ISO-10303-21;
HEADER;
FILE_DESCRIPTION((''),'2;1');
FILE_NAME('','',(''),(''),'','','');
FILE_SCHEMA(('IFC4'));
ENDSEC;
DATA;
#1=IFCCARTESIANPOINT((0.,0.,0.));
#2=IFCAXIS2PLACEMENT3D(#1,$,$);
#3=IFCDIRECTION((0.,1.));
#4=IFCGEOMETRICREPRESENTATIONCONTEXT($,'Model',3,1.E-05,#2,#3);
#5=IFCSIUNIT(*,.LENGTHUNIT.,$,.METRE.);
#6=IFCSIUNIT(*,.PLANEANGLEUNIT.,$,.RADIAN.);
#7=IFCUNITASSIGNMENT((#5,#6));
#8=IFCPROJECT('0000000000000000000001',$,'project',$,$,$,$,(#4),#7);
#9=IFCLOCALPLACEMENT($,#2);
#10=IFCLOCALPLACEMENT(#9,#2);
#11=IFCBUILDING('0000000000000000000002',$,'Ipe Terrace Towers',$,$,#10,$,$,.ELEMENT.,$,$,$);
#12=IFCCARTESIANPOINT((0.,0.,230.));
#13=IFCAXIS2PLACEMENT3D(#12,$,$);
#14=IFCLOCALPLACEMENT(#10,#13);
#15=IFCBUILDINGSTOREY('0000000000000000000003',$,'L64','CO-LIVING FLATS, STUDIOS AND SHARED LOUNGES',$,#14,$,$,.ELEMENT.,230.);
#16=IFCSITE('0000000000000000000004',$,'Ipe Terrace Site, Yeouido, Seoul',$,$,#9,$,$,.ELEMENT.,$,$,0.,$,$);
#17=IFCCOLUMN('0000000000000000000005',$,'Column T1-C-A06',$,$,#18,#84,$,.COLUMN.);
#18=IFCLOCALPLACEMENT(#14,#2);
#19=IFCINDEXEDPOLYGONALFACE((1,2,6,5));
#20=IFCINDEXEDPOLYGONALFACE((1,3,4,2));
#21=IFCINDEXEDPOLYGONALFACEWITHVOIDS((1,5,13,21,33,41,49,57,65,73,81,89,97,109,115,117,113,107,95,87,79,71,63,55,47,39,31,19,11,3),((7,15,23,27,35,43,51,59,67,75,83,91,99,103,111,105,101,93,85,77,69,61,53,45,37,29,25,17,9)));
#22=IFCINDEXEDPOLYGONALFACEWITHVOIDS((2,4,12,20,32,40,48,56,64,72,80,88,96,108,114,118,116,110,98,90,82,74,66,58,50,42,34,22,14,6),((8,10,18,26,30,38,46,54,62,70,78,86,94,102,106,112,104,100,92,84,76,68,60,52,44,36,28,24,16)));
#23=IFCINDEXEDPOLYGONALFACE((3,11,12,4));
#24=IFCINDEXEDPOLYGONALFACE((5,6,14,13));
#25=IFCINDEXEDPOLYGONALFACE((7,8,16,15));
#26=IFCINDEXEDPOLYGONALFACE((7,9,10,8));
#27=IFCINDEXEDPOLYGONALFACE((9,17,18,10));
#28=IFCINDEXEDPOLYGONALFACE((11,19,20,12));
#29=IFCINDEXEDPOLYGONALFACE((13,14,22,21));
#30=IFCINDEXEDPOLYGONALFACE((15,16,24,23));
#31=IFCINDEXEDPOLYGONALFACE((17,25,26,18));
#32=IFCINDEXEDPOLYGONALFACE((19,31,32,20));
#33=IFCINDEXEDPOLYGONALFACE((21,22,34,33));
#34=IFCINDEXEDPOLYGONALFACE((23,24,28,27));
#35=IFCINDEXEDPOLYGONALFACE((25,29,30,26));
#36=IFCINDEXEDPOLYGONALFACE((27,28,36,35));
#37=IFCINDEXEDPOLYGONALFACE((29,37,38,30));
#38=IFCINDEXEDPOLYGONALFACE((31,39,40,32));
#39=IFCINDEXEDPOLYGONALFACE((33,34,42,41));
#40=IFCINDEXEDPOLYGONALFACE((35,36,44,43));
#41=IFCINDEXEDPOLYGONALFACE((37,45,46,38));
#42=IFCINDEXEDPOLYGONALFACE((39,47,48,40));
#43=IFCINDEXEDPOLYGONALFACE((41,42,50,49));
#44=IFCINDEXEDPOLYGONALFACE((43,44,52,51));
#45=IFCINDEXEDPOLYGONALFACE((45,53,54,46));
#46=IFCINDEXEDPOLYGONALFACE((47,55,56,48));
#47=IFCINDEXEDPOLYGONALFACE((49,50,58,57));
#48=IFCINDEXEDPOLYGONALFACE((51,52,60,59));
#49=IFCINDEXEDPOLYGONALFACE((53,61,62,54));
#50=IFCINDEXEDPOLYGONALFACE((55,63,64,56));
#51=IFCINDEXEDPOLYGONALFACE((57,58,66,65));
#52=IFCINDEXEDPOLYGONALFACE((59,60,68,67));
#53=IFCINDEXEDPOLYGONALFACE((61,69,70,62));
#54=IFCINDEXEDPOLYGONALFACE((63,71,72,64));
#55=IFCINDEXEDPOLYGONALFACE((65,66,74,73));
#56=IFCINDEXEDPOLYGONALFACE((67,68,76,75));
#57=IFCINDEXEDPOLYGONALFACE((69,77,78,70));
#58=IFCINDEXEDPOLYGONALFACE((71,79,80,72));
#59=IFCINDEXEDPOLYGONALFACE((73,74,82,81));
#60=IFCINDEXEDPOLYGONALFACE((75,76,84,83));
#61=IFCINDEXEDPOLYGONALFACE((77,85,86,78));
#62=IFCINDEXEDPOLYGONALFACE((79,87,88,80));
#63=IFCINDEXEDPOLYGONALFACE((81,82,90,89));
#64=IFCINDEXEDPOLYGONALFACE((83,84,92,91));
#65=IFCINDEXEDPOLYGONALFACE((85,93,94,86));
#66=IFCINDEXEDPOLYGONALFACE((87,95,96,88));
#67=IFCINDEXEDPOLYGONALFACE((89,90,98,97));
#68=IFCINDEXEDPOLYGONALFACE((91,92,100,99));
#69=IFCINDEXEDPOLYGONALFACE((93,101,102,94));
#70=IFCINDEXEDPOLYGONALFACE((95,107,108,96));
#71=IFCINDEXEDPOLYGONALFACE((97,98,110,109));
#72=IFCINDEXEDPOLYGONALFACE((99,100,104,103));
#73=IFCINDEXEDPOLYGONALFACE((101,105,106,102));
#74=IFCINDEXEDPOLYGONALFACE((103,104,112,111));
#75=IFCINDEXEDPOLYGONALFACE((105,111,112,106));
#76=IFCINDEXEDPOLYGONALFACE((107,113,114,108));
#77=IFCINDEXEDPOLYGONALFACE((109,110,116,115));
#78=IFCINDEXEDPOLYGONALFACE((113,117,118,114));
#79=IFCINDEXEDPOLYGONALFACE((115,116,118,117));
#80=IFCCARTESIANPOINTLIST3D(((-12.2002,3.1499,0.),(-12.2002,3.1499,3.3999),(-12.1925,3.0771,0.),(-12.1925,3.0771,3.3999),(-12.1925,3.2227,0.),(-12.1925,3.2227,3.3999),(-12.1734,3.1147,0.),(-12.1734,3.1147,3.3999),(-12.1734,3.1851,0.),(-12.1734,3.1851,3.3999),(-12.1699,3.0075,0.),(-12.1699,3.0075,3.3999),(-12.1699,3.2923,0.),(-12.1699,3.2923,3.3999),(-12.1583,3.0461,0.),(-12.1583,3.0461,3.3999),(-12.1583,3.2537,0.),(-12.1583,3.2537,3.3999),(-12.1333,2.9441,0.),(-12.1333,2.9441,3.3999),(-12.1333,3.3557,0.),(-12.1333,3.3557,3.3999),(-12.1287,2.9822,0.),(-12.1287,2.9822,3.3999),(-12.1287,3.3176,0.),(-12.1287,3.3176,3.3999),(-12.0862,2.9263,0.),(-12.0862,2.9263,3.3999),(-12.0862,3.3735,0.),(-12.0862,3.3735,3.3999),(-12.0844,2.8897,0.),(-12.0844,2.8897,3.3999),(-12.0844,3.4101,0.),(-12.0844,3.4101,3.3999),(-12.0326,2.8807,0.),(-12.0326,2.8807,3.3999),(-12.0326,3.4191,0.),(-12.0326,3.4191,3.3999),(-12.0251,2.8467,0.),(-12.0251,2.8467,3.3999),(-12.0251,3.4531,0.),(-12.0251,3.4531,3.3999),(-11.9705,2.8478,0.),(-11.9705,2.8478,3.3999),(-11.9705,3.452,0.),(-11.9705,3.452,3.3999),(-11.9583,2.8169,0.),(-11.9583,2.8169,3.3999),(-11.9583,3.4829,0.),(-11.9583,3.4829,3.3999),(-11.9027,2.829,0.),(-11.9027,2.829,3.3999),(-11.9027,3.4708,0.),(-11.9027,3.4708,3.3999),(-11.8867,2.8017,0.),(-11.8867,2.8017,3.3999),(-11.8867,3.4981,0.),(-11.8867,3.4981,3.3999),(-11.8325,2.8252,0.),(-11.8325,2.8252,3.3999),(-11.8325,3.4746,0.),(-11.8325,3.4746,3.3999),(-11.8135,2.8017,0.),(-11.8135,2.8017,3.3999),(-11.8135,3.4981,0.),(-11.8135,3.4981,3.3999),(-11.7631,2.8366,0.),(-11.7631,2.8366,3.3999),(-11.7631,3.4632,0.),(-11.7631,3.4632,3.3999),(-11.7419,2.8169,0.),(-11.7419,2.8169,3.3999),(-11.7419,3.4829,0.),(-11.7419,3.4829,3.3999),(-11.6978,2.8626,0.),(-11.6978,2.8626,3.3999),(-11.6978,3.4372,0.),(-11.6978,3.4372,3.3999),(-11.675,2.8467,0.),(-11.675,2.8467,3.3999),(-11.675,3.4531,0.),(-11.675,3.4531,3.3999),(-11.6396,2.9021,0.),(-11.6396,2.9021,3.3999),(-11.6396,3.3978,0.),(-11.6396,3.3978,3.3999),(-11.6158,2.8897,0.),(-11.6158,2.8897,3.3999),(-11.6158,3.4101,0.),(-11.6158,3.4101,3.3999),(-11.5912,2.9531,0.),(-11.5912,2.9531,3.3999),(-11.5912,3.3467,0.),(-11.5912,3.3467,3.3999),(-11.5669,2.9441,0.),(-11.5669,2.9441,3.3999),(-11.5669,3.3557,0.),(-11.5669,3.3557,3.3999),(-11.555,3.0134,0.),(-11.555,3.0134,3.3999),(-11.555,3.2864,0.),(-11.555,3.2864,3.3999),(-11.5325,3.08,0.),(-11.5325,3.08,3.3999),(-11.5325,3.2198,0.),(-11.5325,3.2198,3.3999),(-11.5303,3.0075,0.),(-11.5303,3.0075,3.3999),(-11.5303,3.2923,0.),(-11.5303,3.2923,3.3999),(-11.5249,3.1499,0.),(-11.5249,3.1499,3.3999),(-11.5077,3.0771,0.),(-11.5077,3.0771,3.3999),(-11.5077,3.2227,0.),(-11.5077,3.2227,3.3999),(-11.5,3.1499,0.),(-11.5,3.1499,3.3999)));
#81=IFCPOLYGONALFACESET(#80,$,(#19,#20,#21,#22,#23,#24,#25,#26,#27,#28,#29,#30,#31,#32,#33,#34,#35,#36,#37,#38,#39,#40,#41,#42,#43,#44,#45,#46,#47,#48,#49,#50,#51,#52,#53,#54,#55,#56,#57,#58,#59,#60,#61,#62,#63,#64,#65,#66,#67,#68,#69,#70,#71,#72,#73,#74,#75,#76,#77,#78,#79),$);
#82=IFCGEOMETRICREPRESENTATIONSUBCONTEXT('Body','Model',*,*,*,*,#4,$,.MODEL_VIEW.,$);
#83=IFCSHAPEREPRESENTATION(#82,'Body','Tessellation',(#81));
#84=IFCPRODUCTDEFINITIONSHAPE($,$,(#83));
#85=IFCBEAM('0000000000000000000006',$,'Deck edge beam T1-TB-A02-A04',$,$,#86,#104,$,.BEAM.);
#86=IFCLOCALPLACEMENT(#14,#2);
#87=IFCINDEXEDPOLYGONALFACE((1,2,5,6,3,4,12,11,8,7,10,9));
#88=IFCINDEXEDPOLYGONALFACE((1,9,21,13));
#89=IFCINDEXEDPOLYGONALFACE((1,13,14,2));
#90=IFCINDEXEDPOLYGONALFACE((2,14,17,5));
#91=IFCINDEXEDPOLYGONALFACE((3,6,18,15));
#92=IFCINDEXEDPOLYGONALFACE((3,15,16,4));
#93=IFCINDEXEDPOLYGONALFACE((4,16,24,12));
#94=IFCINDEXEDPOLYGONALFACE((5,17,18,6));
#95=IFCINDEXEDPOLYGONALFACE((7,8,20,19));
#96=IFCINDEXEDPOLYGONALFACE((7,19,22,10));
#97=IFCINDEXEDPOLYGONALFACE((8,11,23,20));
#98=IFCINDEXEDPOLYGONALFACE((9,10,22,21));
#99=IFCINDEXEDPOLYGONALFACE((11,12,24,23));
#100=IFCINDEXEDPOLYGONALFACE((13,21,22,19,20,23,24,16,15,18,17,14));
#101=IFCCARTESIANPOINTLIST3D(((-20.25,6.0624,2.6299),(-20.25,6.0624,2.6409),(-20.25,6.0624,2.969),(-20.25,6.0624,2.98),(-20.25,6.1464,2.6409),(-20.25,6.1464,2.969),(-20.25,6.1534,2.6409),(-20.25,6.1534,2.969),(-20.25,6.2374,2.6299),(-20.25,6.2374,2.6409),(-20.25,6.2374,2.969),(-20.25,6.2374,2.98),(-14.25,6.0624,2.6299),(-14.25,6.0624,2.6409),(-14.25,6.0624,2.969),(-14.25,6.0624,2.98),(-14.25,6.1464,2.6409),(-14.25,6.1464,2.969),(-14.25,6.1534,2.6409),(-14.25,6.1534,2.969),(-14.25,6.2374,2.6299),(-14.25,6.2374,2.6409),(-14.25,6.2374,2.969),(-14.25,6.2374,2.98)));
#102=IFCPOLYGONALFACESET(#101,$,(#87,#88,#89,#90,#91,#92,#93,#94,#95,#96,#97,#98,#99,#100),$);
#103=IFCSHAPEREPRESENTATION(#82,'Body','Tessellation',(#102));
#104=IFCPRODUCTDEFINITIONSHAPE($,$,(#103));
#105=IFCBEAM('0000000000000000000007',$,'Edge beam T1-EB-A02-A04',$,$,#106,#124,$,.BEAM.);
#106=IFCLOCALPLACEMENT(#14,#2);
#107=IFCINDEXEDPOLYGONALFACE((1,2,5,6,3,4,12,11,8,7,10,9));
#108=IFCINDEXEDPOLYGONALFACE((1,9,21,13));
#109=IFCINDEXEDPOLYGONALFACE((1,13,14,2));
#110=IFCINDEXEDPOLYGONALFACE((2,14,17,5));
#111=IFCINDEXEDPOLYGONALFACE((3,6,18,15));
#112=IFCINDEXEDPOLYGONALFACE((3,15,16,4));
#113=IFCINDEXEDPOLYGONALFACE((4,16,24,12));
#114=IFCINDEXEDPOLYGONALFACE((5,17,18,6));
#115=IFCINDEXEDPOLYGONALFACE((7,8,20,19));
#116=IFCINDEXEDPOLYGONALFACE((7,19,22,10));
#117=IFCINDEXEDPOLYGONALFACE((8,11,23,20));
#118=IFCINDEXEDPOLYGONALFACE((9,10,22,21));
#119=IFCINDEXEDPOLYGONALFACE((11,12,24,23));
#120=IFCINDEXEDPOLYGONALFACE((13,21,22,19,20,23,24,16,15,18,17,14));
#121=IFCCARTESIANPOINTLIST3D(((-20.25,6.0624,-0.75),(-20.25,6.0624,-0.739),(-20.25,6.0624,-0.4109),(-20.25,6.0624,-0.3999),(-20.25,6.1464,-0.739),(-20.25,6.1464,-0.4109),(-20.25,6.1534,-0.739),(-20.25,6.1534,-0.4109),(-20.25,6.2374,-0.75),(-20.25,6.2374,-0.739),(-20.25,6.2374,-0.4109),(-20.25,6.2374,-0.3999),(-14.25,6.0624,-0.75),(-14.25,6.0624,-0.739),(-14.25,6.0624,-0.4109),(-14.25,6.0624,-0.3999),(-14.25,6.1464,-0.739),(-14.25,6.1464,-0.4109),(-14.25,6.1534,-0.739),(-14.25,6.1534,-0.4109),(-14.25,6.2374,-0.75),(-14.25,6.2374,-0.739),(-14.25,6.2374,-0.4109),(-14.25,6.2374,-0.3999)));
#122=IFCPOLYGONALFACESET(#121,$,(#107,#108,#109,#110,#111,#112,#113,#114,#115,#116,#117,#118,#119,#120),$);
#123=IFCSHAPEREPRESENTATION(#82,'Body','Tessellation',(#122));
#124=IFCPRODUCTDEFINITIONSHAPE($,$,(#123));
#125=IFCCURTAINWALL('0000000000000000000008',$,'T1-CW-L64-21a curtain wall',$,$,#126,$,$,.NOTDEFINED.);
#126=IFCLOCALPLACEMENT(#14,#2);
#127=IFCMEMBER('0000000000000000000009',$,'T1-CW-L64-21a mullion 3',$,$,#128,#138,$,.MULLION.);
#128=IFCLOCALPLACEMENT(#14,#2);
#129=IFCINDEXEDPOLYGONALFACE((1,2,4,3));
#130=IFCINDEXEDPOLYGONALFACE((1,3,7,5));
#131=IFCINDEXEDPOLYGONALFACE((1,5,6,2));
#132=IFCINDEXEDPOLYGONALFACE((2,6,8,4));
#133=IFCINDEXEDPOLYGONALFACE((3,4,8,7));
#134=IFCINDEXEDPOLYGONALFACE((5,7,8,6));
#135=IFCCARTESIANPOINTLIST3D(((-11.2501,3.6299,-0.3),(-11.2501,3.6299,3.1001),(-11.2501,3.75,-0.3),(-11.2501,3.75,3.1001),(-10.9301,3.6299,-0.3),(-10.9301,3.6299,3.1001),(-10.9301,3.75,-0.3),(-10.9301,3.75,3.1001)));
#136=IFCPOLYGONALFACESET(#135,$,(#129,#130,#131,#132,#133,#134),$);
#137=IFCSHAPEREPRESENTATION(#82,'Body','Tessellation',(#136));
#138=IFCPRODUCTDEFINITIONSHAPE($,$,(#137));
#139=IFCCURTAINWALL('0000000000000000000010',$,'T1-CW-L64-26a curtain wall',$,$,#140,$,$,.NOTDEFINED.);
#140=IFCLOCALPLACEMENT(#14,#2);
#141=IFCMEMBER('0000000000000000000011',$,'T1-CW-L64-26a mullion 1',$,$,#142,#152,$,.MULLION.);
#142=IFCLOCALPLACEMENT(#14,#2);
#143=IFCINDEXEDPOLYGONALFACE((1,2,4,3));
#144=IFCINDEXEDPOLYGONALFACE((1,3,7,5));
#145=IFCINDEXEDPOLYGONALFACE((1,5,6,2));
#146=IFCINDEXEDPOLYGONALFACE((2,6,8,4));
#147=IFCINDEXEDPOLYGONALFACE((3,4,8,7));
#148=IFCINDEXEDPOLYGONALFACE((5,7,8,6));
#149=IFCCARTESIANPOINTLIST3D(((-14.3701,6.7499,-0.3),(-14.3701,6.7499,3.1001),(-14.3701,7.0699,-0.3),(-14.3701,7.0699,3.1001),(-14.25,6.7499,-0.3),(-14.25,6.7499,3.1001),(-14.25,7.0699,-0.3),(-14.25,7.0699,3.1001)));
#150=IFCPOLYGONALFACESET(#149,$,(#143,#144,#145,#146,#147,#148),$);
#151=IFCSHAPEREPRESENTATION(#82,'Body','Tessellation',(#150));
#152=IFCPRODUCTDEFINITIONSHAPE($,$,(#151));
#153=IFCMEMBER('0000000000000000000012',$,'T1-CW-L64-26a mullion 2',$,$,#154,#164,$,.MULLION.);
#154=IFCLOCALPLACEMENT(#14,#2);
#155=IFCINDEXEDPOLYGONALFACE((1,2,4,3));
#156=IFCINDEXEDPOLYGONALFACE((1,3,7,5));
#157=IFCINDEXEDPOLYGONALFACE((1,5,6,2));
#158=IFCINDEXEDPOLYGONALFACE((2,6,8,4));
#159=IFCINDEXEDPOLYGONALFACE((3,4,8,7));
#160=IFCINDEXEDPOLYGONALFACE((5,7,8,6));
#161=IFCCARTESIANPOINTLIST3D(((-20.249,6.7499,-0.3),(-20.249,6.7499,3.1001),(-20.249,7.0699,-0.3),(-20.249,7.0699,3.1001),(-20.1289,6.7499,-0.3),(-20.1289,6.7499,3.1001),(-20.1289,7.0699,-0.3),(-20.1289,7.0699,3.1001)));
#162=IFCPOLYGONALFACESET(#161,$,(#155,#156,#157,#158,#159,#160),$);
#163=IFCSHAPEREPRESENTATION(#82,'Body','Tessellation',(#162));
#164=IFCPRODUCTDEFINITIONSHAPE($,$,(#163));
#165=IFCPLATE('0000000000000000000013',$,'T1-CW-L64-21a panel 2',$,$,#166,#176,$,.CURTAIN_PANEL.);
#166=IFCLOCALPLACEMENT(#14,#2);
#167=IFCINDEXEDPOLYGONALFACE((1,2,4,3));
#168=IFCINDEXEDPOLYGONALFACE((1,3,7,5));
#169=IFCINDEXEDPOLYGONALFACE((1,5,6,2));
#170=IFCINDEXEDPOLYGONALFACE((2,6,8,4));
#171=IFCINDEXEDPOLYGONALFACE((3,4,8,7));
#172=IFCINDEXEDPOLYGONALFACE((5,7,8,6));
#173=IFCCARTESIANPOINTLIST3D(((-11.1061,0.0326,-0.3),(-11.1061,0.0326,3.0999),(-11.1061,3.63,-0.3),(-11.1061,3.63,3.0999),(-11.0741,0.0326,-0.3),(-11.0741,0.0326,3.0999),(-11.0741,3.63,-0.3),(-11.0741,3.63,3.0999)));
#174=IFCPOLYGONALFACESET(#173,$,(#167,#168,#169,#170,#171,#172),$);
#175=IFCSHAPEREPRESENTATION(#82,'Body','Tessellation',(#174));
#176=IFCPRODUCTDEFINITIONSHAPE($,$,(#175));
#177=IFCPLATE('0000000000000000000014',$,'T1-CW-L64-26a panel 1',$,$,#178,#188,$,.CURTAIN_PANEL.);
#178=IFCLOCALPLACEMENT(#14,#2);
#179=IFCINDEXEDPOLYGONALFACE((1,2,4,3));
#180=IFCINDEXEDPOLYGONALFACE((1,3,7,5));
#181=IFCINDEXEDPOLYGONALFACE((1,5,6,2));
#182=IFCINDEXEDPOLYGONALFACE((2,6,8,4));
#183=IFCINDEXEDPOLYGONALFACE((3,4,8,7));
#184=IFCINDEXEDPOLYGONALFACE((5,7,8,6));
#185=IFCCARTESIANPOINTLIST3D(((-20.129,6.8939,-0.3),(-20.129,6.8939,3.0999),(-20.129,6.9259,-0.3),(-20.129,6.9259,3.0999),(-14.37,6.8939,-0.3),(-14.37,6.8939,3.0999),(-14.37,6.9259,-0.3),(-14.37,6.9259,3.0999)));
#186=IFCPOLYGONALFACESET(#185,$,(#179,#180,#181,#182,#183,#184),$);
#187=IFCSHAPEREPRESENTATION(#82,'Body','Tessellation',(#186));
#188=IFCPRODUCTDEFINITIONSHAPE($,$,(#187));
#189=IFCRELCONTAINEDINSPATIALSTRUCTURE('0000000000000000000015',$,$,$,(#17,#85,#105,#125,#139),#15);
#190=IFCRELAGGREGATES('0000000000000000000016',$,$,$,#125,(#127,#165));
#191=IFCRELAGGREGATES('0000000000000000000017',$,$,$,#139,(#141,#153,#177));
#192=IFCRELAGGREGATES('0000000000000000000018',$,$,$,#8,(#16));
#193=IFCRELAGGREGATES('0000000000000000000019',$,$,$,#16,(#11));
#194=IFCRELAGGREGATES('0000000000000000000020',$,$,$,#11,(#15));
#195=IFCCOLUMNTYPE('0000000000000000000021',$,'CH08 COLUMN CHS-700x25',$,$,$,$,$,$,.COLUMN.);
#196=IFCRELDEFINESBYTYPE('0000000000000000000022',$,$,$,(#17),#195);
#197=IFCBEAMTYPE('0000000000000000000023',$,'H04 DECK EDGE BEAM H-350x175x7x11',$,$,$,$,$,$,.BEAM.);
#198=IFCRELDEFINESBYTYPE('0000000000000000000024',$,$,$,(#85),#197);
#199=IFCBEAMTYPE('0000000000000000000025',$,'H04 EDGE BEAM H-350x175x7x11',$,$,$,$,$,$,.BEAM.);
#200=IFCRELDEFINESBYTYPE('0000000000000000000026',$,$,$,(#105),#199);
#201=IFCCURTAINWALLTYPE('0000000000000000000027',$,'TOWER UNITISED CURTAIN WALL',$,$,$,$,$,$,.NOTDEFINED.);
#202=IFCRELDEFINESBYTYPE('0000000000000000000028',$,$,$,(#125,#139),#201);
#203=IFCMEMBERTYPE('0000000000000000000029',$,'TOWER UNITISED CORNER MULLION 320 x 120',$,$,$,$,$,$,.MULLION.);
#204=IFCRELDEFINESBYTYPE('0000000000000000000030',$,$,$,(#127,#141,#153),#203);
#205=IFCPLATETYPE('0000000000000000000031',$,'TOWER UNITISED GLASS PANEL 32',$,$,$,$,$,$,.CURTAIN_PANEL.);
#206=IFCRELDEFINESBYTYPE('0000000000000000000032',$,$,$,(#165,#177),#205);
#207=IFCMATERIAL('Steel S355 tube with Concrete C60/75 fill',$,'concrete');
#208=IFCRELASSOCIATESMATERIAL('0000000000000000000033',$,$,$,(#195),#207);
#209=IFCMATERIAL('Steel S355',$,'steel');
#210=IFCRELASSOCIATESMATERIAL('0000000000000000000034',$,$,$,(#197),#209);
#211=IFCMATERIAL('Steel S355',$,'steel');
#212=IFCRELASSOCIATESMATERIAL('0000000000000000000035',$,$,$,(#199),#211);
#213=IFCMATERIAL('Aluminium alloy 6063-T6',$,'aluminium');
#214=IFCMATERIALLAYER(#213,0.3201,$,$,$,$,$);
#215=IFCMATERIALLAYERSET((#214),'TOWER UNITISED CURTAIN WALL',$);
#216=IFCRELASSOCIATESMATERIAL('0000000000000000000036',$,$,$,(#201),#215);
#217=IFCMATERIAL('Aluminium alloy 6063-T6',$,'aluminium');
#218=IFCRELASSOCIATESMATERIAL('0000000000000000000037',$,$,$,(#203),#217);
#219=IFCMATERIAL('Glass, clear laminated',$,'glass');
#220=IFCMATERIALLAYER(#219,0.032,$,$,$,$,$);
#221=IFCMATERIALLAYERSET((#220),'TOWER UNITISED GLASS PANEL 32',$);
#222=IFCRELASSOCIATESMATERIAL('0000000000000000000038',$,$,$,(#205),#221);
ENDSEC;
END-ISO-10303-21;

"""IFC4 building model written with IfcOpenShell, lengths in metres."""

from ifc_helpers import new_model, si_unit, direction, frame, origin, origin_2d, place, context, subcontext, project, spatial, rectangle, hollow_circle, i_section, extrude, material, layer, layer_set, material_profile, profile_set, type_object, element, aggregate, save


model = new_model("IFC4")

# Units and contexts
model_context = context("Model", 3, precision=1e-05, world=origin(), true_north=direction((0.0, 1.0)))
body_context = subcontext(model_context, "Body", "Model", "MODEL_VIEW")
ifc_project = project(units=[si_unit("LENGTHUNIT", "METRE"), si_unit("PLANEANGLEUNIT", "RADIAN")], contexts=[model_context])

# Site, building, storey
site_placement = place(None, origin())
site = spatial("IfcSite", under=ifc_project, at=site_placement, Name="Ipe Terrace Site, Yeouido, Seoul", CompositionType="ELEMENT", RefElevation=0.0)
building_placement = place(site_placement, origin())
building = spatial("IfcBuilding", under=site, at=building_placement, Name="Ipe Terrace Towers", CompositionType="ELEMENT")
storey_placement = place(building_placement, frame((0.0, 0.0, 230.0)))
storey = spatial("IfcBuildingStorey", under=building, at=storey_placement, Name="L64", Description="CO-LIVING FLATS, STUDIOS AND SHARED LOUNGES", CompositionType="ELEMENT", Elevation=230.0)

# Column
ifc_material_1 = material(Name="Steel S355 tube with Concrete C60/75 fill", Category="concrete")
ifc_material_profile_1 = material_profile(ifc_material_1, hollow_circle(Radius=0.3501, WallThickness=0.0249, at=origin_2d()), Name="CHS-700x25")
ifc_profile_set_1 = profile_set([ifc_material_profile_1], Name="Steel S355 tube with Concrete C60/75 fill")
column_type = type_object("IfcColumnType", Name="CH08 COLUMN CHS-700x25", PredefinedType="COLUMN", material=ifc_profile_set_1)
for number, where, z_axis, x_axis, name in (
    (1, (-11.8501, 3.1499, 0.0), (0.0, 0.0, 1.0), (1.0, 0.0, 0.0), "Column T1-C-A06"),
):
    element("IfcColumn", number, at=place(storey_placement, frame(where, z_axis=z_axis, x_axis=x_axis)), inside=storey, type_object=column_type, Name=name, PredefinedType="COLUMN", context=body_context, shape_type="SweptSolid", body=[
        extrude(hollow_circle(Radius=0.3501, WallThickness=0.0249, at=origin_2d()), origin(), (0.0, 0.0, 1.0), 3.3999),
    ])

# Beams
ifc_material_2 = material(Name="Steel S355", Category="steel")
ifc_material_profile_2 = material_profile(ifc_material_2, i_section(OverallWidth=0.175, OverallDepth=0.3501, WebThickness=0.0071, FlangeThickness=0.011, at=origin_2d()), Name="H-350x175x7x11")
ifc_profile_set_2 = profile_set([ifc_material_profile_2], Name="Steel S355")
beam_type_1 = type_object("IfcBeamType", Name="H04 DECK EDGE BEAM H-350x175x7x11", PredefinedType="BEAM", material=ifc_profile_set_2)
beam_1_placement = place(storey_placement, frame((-20.25, 6.1499, 2.8049), z_axis=(1.0, 0.0, 0.0), x_axis=(0.0, 1.0, 0.0)))
element("IfcBeam", 2, at=beam_1_placement, inside=storey, type_object=beam_type_1, Name="Deck edge beam T1-TB-A02-A04", PredefinedType="BEAM", context=body_context, shape_type="SweptSolid", body=[
    extrude(i_section(OverallWidth=0.175, OverallDepth=0.3501, WebThickness=0.0071, FlangeThickness=0.011, at=origin_2d()), origin(), (0.0, 0.0, 1.0), 6.0),
])
ifc_material_3 = material(Name="Steel S355", Category="steel")
ifc_material_profile_3 = material_profile(ifc_material_3, i_section(OverallWidth=0.175, OverallDepth=0.3501, WebThickness=0.0071, FlangeThickness=0.011, at=origin_2d()), Name="H-350x175x7x11")
ifc_profile_set_3 = profile_set([ifc_material_profile_3], Name="Steel S355")
beam_type_2 = type_object("IfcBeamType", Name="H04 EDGE BEAM H-350x175x7x11", PredefinedType="BEAM", material=ifc_profile_set_3)
beam_2_placement = place(storey_placement, frame((-20.25, 6.1499, -0.575), z_axis=(1.0, 0.0, 0.0), x_axis=(0.0, 1.0, 0.0)))
element("IfcBeam", 3, at=beam_2_placement, inside=storey, type_object=beam_type_2, Name="Edge beam T1-EB-A02-A04", PredefinedType="BEAM", context=body_context, shape_type="SweptSolid", body=[
    extrude(i_section(OverallWidth=0.175, OverallDepth=0.3501, WebThickness=0.0071, FlangeThickness=0.011, at=origin_2d()), origin(), (0.0, 0.0, 1.0), 6.0),
])

# Curtain wall, member
ifc_material_4 = material(Name="Aluminium alloy 6063-T6", Category="aluminium")
ifc_layer_1 = layer(ifc_material_4, 0.3201)
ifc_layer_set_1 = layer_set([ifc_layer_1], Name="TOWER UNITISED CURTAIN WALL")
curtain_wall_type = type_object("IfcCurtainWallType", Name="TOWER UNITISED CURTAIN WALL", PredefinedType="NOTDEFINED", material=ifc_layer_set_1)
curtain_wall_1_placement = place(storey_placement, origin())
curtain_wall_1 = element("IfcCurtainWall", 4, at=curtain_wall_1_placement, inside=storey, type_object=curtain_wall_type, Name="T1-CW-L64-21a curtain wall", PredefinedType="NOTDEFINED")
ifc_material_5 = material(Name="Aluminium alloy 6063-T6", Category="aluminium")
ifc_material_profile_4 = material_profile(ifc_material_5, rectangle(XDim=0.3201, YDim=0.1201, at=origin_2d()), Name="TOWER UNITISED CORNER MULLION 320 x 120")
ifc_profile_set_4 = profile_set([ifc_material_profile_4], Name="Aluminium alloy 6063-T6")
member_type = type_object("IfcMemberType", Name="TOWER UNITISED CORNER MULLION 320 x 120", PredefinedType="MULLION", material=ifc_profile_set_4)
member_1_placement = place(storey_placement, frame((-11.0901, 3.6899, -0.3), z_axis=(0.0, 0.0, 1.0), x_axis=(1.0, 0.0, 0.0)))
member_1 = element("IfcMember", 5, at=member_1_placement, type_object=member_type, Name="T1-CW-L64-21a mullion 3", PredefinedType="MULLION", context=body_context, shape_type="SweptSolid", body=[
    extrude(rectangle(XDim=0.3201, YDim=0.1201, at=origin_2d()), origin(), (0.0, 0.0, 1.0), 3.4001),
])

# Curtain wall, members
curtain_wall_2_placement = place(storey_placement, origin())
curtain_wall_2 = element("IfcCurtainWall", 6, at=curtain_wall_2_placement, inside=storey, type_object=curtain_wall_type, Name="T1-CW-L64-26a curtain wall", PredefinedType="NOTDEFINED")
member_2_placement = place(storey_placement, frame((-14.3101, 6.9099, -0.3), z_axis=(0.0, 0.0, 1.0), x_axis=(0.0, 1.0, 0.0)))
member_2 = element("IfcMember", 7, at=member_2_placement, type_object=member_type, Name="T1-CW-L64-26a mullion 1", PredefinedType="MULLION", context=body_context, shape_type="SweptSolid", body=[
    extrude(rectangle(XDim=0.3201, YDim=0.1201, at=origin_2d()), origin(), (0.0, 0.0, 1.0), 3.4001),
])
member_3_placement = place(storey_placement, frame((-20.189, 6.9099, -0.3), z_axis=(0.0, 0.0, 1.0), x_axis=(0.0, 1.0, 0.0)))
member_3 = element("IfcMember", 8, at=member_3_placement, type_object=member_type, Name="T1-CW-L64-26a mullion 2", PredefinedType="MULLION", context=body_context, shape_type="SweptSolid", body=[
    extrude(rectangle(XDim=0.3201, YDim=0.1201, at=origin_2d()), origin(), (0.0, 0.0, 1.0), 3.4001),
])

# Plates
ifc_material_6 = material(Name="Glass, clear laminated", Category="glass")
ifc_layer_2 = layer(ifc_material_6, 0.032)
ifc_layer_set_2 = layer_set([ifc_layer_2], Name="TOWER UNITISED GLASS PANEL 32")
plate_type = type_object("IfcPlateType", Name="TOWER UNITISED GLASS PANEL 32", PredefinedType="CURTAIN_PANEL", material=ifc_layer_set_2)
plate_1_placement = place(storey_placement, frame((-11.0901, 1.8313, -0.3), z_axis=(0.0, 0.0, 1.0), x_axis=(0.0, 1.0, 0.0)))
plate_1 = element("IfcPlate", 9, at=plate_1_placement, type_object=plate_type, Name="T1-CW-L64-21a panel 2", PredefinedType="CURTAIN_PANEL", context=body_context, shape_type="SweptSolid", body=[
    extrude(rectangle(XDim=3.5974, YDim=0.032, at=origin_2d()), origin(), (0.0, 0.0, 1.0), 3.3999),
])
aggregate(curtain_wall_1, [member_1, plate_1])
plate_2_placement = place(storey_placement, frame((-17.2495, 6.9099, -0.3), z_axis=(0.0, 0.0, 1.0), x_axis=(-1.0, 0.0, 0.0)))
plate_2 = element("IfcPlate", 10, at=plate_2_placement, type_object=plate_type, Name="T1-CW-L64-26a panel 1", PredefinedType="CURTAIN_PANEL", context=body_context, shape_type="SweptSolid", body=[
    extrude(rectangle(XDim=5.759, YDim=0.032, at=origin_2d()), origin(), (0.0, 0.0, 1.0), 3.3999),
])
aggregate(curtain_wall_2, [member_2, member_3, plate_2])

save(model, "model.ifc")
